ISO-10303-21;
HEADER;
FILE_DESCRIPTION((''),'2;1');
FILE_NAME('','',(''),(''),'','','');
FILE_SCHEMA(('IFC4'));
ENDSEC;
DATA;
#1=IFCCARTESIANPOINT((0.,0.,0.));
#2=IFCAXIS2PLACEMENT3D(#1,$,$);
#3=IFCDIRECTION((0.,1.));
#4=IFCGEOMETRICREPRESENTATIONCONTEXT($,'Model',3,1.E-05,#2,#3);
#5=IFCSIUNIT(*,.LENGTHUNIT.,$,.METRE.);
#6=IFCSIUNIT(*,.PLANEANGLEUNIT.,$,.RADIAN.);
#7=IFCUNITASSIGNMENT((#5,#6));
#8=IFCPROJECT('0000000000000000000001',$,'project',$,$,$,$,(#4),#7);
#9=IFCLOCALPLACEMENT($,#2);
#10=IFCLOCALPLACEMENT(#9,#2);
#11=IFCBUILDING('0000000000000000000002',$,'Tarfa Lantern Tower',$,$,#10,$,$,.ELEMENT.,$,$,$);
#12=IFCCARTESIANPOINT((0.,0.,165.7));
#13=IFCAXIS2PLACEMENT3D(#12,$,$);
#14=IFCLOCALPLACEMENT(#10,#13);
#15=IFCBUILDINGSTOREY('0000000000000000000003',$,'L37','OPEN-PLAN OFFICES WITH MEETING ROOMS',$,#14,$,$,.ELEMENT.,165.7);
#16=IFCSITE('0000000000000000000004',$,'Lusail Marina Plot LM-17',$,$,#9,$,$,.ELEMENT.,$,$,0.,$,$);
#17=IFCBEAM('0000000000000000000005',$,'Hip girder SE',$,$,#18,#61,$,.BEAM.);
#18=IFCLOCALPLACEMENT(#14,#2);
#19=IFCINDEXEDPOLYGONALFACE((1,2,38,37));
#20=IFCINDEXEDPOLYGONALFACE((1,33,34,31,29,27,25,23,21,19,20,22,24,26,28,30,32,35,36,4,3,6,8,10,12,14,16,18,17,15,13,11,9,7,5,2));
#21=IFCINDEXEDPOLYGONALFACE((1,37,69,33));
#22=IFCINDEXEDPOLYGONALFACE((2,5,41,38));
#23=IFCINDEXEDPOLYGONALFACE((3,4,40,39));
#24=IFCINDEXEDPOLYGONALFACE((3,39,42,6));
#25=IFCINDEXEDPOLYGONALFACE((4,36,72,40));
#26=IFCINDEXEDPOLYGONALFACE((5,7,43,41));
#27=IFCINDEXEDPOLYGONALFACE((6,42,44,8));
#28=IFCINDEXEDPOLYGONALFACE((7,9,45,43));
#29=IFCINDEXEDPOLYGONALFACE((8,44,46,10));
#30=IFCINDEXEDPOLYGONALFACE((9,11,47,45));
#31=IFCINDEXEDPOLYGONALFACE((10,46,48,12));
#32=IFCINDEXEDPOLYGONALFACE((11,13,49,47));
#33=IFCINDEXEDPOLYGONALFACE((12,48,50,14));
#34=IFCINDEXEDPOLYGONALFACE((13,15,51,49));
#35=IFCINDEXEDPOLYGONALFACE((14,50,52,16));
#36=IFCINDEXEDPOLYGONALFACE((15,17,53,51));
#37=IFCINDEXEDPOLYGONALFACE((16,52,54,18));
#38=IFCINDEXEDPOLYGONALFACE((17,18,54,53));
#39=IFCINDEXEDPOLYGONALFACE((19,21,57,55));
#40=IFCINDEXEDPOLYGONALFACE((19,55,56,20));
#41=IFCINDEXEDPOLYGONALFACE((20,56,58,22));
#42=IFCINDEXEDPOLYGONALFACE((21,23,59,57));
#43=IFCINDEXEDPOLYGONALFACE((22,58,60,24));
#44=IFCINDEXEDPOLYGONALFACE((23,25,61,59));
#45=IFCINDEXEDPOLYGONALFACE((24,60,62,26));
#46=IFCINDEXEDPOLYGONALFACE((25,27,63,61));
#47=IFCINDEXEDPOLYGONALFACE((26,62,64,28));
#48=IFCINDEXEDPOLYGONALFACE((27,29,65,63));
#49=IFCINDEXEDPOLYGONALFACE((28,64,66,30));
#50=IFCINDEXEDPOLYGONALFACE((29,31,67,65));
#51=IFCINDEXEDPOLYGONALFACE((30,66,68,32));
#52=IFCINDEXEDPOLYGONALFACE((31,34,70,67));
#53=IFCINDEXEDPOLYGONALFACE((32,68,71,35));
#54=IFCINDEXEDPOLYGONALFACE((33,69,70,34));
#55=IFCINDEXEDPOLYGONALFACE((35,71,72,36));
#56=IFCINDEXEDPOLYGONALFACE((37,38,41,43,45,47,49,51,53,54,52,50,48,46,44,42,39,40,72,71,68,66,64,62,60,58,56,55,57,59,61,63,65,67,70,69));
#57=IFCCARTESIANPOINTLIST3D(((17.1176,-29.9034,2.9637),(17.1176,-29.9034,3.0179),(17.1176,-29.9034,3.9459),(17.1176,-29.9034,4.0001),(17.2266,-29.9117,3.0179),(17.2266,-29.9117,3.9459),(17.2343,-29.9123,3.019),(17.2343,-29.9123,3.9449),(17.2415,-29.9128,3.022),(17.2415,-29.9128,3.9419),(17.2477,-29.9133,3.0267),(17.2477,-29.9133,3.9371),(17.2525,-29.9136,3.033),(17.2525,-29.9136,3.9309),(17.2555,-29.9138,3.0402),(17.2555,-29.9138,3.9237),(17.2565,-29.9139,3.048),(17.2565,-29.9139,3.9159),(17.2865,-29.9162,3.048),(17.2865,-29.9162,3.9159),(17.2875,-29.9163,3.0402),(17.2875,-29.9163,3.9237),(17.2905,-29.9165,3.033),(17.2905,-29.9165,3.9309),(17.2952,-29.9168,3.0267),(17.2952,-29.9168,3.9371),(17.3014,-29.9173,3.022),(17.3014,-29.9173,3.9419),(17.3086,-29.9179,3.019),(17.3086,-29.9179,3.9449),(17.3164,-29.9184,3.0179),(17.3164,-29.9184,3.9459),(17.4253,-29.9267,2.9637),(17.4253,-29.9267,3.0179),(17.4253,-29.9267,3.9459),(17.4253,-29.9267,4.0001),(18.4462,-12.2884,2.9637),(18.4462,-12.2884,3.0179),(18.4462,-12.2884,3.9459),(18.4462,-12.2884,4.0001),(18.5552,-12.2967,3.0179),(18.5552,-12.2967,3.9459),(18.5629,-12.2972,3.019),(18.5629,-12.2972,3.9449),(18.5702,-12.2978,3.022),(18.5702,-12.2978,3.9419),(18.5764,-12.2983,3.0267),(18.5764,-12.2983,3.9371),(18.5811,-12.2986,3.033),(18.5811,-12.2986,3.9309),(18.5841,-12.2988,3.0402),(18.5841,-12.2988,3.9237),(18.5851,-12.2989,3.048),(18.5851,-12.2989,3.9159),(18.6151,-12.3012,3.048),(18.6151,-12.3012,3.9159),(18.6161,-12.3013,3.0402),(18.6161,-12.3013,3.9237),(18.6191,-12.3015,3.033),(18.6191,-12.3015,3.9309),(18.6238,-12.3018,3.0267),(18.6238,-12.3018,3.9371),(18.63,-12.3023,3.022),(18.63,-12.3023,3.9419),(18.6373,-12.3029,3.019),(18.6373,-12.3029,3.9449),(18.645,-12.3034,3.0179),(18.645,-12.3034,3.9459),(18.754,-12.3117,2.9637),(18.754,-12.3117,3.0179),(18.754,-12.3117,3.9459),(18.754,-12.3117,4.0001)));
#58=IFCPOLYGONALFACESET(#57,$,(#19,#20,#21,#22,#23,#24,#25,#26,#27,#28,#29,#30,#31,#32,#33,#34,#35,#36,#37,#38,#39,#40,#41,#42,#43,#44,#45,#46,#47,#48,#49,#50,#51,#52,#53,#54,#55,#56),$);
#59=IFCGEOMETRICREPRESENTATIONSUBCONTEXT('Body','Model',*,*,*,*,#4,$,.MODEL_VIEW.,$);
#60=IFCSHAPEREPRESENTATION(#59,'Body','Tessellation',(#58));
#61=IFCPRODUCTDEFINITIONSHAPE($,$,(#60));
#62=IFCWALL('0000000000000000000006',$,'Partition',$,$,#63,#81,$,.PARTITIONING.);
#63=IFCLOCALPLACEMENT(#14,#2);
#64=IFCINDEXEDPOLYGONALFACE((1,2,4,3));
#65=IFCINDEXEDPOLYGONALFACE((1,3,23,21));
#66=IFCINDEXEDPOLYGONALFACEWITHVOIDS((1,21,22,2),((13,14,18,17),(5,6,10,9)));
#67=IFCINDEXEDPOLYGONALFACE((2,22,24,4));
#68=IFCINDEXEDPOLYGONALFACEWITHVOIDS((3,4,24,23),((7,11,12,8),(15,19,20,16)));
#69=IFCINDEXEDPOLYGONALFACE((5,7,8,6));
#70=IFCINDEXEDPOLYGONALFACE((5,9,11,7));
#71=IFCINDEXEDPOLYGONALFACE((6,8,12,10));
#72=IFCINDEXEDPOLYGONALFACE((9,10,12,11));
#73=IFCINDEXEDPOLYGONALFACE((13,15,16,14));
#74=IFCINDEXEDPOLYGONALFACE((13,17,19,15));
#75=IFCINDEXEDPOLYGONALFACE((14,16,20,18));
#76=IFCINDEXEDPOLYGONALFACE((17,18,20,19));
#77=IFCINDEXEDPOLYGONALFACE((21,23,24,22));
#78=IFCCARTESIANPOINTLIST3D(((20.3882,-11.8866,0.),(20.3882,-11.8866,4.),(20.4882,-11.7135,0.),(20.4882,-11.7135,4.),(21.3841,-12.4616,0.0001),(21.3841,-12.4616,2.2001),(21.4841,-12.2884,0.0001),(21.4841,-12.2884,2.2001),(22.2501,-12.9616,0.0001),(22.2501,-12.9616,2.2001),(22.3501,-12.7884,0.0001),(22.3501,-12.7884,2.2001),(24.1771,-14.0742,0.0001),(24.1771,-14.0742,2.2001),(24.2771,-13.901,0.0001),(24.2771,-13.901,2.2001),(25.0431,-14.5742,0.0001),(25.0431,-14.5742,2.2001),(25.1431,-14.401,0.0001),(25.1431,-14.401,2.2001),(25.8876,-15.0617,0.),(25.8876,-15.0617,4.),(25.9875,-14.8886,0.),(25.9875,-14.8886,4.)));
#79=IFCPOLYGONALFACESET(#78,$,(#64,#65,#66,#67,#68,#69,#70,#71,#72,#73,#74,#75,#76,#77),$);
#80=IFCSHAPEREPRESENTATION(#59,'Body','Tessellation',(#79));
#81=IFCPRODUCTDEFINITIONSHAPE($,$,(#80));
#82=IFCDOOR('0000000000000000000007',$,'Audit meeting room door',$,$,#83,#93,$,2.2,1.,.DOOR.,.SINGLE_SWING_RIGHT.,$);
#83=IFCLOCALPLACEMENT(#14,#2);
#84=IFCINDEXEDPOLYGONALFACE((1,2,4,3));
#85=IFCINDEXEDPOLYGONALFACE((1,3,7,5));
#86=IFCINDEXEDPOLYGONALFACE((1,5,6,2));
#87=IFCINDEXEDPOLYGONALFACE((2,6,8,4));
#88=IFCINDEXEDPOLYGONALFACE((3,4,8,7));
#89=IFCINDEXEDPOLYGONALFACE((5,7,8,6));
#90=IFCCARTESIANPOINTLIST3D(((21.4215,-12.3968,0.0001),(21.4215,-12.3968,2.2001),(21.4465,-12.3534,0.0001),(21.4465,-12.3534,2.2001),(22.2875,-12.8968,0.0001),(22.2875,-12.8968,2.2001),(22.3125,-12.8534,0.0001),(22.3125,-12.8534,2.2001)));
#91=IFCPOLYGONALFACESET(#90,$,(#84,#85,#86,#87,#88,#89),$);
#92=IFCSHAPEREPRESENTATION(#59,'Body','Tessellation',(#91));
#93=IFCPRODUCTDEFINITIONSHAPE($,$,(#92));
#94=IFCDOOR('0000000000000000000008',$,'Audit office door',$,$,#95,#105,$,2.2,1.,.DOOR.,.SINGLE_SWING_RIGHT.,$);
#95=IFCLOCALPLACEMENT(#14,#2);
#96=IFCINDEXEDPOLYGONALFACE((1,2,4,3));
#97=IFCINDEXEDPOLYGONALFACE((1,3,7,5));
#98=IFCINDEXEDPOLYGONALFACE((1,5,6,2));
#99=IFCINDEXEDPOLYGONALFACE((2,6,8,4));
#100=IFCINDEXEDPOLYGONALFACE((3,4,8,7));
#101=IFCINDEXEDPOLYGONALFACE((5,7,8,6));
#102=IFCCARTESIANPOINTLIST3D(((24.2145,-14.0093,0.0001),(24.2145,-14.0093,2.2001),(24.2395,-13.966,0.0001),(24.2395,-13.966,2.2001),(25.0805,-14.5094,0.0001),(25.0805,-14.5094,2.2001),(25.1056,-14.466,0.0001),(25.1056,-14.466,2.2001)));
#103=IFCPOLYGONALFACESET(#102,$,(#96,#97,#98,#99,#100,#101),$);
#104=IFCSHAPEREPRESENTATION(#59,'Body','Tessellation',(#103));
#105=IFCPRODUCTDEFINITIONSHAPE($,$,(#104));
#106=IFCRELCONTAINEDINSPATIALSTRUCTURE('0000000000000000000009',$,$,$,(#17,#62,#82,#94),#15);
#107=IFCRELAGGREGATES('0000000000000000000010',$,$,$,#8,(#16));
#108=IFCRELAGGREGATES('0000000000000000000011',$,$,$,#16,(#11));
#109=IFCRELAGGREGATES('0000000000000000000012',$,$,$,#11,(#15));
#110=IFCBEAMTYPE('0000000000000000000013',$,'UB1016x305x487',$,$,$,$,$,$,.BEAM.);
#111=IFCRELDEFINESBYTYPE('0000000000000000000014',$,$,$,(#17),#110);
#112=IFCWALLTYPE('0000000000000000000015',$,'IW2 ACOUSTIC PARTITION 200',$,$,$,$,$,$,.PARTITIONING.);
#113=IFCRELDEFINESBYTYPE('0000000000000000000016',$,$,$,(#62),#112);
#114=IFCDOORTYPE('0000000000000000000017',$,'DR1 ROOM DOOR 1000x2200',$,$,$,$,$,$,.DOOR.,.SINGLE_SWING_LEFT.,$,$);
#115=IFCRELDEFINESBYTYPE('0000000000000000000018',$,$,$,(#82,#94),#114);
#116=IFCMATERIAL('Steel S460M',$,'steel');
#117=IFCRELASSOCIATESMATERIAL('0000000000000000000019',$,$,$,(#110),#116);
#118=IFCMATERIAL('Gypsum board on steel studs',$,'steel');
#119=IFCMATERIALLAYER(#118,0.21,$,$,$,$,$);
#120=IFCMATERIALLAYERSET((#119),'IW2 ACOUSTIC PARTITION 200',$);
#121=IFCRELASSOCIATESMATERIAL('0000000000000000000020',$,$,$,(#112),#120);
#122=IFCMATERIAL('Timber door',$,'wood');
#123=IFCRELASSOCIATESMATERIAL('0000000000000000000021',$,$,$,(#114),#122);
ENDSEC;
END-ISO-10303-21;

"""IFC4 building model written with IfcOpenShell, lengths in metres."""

from ifc_helpers import new_model, si_unit, direction, frame, frame_2d, origin, origin_2d, place, context, subcontext, project, spatial, rectangle, i_section, extrude, material, layer, layer_set, material_profile, profile_set, type_object, element, fill, save


model = new_model("IFC4")

# Units and contexts
model_context = context("Model", 3, precision=1e-05, world=origin(), true_north=direction((0.0, 1.0)))
body_context = subcontext(model_context, "Body", "Model", "MODEL_VIEW")
ifc_project = project(units=[si_unit("LENGTHUNIT", "METRE"), si_unit("PLANEANGLEUNIT", "RADIAN")], contexts=[model_context])

# Site, building, storey
site_placement = place(None, origin())
site = spatial("IfcSite", under=ifc_project, at=site_placement, Name="Lusail Marina Plot LM-17", CompositionType="ELEMENT", RefElevation=0.0)
building_placement = place(site_placement, origin())
building = spatial("IfcBuilding", under=site, at=building_placement, Name="Tarfa Lantern Tower", CompositionType="ELEMENT")
storey_placement = place(building_placement, frame((0.0, 0.0, 165.7)))
storey = spatial("IfcBuildingStorey", under=building, at=storey_placement, Name="L37", Description="OPEN-PLAN OFFICES WITH MEETING ROOMS", CompositionType="ELEMENT", Elevation=165.7)

# Beam
ifc_material_1 = material(Name="Steel S460M", Category="steel")
ifc_material_profile = material_profile(ifc_material_1, i_section(OverallWidth=0.3086, OverallDepth=1.0364, WebThickness=0.03, FlangeThickness=0.0542, FilletRadius=0.03, at=origin_2d()), Name="UB1016x305x487")
ifc_profile_set = profile_set([ifc_material_profile], Name="Steel S460M")
beam_type = type_object("IfcBeamType", Name="UB1016x305x487", PredefinedType="BEAM", material=ifc_profile_set)
beam_placement = place(storey_placement, frame((18.6001, -12.3, 3.4819), z_axis=(-0.075212, -0.997168, 0.0), x_axis=(0.997168, -0.075212, 0.0)))
element("IfcBeam", 1, at=beam_placement, inside=storey, type_object=beam_type, Name="Hip girder SE", PredefinedType="BEAM", context=body_context, shape_type="SweptSolid", body=[
    extrude(i_section(OverallWidth=0.3086, OverallDepth=1.0364, WebThickness=0.03, FlangeThickness=0.0542, FilletRadius=0.03, at=origin_2d()), origin(), (0.0, 0.0, 1.0), 17.665),
])

# Wall, openings, doors
ifc_material_2 = material(Name="Gypsum board on steel studs", Category="steel")
ifc_layer_1 = layer(ifc_material_2, 0.21)
ifc_layer_set_1 = layer_set([ifc_layer_1], Name="IW2 ACOUSTIC PARTITION 200")
wall_type_1 = type_object("IfcWallType", Name="IW2 ACOUSTIC PARTITION 200", PredefinedType="PARTITIONING", material=ifc_layer_set_1)
wall_1_placement = place(storey_placement, frame((20.4382, -11.8, 0.0), z_axis=(0.0, 0.0, 1.0), x_axis=(0.866022, -0.500005, 0.0)))
wall_1 = element("IfcWall", 2, at=wall_1_placement, inside=storey, type_object=wall_type_1, Name="Partition", PredefinedType="PARTITIONING", context=body_context, shape_type="SweptSolid", body=[
    extrude(rectangle(XDim=6.3501, YDim=0.2, at=frame_2d((3.175, 0.0))), origin(), (0.0, 0.0, 1.0), 4.0),
])
opening_1_placement = place(wall_1_placement, frame((1.1499, 0.0, 0.0)))
opening_1 = element("IfcOpeningElement", 3, at=opening_1_placement, cuts=wall_1, PredefinedType="OPENING", context=body_context, shape_type="SweptSolid", body=[
    extrude(rectangle(XDim=1.0, YDim=2.2, at=frame_2d((0.5, 1.1001))), frame((0.0, 0.1099, 0.0), z_axis=(0.0, -1.0, 0.0), x_axis=(1.0, 0.0, 0.0)), (0.0, 0.0, 1.0), 0.22),
])
opening_2_placement = place(wall_1_placement, frame((4.375, 0.0, 0.0)))
opening_2 = element("IfcOpeningElement", 4, at=opening_2_placement, cuts=wall_1, PredefinedType="OPENING", context=body_context, shape_type="SweptSolid", body=[
    extrude(rectangle(XDim=1.0, YDim=2.2, at=frame_2d((0.5, 1.1001))), frame((0.0, 0.1099, 0.0), z_axis=(0.0, -1.0, 0.0), x_axis=(1.0, 0.0, 0.0)), (0.0, 0.0, 1.0), 0.22),
])
ifc_material_3 = material(Name="Timber door", Category="wood")
door_type_1 = type_object("IfcDoorType", Name="DR1 ROOM DOOR 1000x2200", OperationType="SINGLE_SWING_LEFT", PredefinedType="DOOR", material=ifc_material_3)
door_1_placement = place(opening_1_placement, origin())
door_1 = element("IfcDoor", 5, at=door_1_placement, inside=storey, type_object=door_type_1, Name="Audit meeting room door", OperationType="SINGLE_SWING_RIGHT", OverallHeight=2.2, OverallWidth=1.0, PredefinedType="DOOR", context=body_context, shape_type="SweptSolid", body=[
    extrude(rectangle(XDim=1.0, YDim=2.2, at=frame_2d((0.5, 1.1001))), frame((0.0, 0.0249, 0.0), z_axis=(0.0, -1.0, 0.0), x_axis=(1.0, 0.0, 0.0)), (0.0, 0.0, 1.0), 0.05),
])
fill(opening_1, door_1)
door_2_placement = place(opening_2_placement, origin())
door_2 = element("IfcDoor", 6, at=door_2_placement, inside=storey, type_object=door_type_1, Name="Audit office door", OperationType="SINGLE_SWING_RIGHT", OverallHeight=2.2, OverallWidth=1.0, PredefinedType="DOOR", context=body_context, shape_type="SweptSolid", body=[
    extrude(rectangle(XDim=1.0, YDim=2.2, at=frame_2d((0.5, 1.1001))), frame((0.0, 0.0249, 0.0), z_axis=(0.0, -1.0, 0.0), x_axis=(1.0, 0.0, 0.0)), (0.0, 0.0, 1.0), 0.05),
])
fill(opening_2, door_2)

save(model, "model.ifc")
